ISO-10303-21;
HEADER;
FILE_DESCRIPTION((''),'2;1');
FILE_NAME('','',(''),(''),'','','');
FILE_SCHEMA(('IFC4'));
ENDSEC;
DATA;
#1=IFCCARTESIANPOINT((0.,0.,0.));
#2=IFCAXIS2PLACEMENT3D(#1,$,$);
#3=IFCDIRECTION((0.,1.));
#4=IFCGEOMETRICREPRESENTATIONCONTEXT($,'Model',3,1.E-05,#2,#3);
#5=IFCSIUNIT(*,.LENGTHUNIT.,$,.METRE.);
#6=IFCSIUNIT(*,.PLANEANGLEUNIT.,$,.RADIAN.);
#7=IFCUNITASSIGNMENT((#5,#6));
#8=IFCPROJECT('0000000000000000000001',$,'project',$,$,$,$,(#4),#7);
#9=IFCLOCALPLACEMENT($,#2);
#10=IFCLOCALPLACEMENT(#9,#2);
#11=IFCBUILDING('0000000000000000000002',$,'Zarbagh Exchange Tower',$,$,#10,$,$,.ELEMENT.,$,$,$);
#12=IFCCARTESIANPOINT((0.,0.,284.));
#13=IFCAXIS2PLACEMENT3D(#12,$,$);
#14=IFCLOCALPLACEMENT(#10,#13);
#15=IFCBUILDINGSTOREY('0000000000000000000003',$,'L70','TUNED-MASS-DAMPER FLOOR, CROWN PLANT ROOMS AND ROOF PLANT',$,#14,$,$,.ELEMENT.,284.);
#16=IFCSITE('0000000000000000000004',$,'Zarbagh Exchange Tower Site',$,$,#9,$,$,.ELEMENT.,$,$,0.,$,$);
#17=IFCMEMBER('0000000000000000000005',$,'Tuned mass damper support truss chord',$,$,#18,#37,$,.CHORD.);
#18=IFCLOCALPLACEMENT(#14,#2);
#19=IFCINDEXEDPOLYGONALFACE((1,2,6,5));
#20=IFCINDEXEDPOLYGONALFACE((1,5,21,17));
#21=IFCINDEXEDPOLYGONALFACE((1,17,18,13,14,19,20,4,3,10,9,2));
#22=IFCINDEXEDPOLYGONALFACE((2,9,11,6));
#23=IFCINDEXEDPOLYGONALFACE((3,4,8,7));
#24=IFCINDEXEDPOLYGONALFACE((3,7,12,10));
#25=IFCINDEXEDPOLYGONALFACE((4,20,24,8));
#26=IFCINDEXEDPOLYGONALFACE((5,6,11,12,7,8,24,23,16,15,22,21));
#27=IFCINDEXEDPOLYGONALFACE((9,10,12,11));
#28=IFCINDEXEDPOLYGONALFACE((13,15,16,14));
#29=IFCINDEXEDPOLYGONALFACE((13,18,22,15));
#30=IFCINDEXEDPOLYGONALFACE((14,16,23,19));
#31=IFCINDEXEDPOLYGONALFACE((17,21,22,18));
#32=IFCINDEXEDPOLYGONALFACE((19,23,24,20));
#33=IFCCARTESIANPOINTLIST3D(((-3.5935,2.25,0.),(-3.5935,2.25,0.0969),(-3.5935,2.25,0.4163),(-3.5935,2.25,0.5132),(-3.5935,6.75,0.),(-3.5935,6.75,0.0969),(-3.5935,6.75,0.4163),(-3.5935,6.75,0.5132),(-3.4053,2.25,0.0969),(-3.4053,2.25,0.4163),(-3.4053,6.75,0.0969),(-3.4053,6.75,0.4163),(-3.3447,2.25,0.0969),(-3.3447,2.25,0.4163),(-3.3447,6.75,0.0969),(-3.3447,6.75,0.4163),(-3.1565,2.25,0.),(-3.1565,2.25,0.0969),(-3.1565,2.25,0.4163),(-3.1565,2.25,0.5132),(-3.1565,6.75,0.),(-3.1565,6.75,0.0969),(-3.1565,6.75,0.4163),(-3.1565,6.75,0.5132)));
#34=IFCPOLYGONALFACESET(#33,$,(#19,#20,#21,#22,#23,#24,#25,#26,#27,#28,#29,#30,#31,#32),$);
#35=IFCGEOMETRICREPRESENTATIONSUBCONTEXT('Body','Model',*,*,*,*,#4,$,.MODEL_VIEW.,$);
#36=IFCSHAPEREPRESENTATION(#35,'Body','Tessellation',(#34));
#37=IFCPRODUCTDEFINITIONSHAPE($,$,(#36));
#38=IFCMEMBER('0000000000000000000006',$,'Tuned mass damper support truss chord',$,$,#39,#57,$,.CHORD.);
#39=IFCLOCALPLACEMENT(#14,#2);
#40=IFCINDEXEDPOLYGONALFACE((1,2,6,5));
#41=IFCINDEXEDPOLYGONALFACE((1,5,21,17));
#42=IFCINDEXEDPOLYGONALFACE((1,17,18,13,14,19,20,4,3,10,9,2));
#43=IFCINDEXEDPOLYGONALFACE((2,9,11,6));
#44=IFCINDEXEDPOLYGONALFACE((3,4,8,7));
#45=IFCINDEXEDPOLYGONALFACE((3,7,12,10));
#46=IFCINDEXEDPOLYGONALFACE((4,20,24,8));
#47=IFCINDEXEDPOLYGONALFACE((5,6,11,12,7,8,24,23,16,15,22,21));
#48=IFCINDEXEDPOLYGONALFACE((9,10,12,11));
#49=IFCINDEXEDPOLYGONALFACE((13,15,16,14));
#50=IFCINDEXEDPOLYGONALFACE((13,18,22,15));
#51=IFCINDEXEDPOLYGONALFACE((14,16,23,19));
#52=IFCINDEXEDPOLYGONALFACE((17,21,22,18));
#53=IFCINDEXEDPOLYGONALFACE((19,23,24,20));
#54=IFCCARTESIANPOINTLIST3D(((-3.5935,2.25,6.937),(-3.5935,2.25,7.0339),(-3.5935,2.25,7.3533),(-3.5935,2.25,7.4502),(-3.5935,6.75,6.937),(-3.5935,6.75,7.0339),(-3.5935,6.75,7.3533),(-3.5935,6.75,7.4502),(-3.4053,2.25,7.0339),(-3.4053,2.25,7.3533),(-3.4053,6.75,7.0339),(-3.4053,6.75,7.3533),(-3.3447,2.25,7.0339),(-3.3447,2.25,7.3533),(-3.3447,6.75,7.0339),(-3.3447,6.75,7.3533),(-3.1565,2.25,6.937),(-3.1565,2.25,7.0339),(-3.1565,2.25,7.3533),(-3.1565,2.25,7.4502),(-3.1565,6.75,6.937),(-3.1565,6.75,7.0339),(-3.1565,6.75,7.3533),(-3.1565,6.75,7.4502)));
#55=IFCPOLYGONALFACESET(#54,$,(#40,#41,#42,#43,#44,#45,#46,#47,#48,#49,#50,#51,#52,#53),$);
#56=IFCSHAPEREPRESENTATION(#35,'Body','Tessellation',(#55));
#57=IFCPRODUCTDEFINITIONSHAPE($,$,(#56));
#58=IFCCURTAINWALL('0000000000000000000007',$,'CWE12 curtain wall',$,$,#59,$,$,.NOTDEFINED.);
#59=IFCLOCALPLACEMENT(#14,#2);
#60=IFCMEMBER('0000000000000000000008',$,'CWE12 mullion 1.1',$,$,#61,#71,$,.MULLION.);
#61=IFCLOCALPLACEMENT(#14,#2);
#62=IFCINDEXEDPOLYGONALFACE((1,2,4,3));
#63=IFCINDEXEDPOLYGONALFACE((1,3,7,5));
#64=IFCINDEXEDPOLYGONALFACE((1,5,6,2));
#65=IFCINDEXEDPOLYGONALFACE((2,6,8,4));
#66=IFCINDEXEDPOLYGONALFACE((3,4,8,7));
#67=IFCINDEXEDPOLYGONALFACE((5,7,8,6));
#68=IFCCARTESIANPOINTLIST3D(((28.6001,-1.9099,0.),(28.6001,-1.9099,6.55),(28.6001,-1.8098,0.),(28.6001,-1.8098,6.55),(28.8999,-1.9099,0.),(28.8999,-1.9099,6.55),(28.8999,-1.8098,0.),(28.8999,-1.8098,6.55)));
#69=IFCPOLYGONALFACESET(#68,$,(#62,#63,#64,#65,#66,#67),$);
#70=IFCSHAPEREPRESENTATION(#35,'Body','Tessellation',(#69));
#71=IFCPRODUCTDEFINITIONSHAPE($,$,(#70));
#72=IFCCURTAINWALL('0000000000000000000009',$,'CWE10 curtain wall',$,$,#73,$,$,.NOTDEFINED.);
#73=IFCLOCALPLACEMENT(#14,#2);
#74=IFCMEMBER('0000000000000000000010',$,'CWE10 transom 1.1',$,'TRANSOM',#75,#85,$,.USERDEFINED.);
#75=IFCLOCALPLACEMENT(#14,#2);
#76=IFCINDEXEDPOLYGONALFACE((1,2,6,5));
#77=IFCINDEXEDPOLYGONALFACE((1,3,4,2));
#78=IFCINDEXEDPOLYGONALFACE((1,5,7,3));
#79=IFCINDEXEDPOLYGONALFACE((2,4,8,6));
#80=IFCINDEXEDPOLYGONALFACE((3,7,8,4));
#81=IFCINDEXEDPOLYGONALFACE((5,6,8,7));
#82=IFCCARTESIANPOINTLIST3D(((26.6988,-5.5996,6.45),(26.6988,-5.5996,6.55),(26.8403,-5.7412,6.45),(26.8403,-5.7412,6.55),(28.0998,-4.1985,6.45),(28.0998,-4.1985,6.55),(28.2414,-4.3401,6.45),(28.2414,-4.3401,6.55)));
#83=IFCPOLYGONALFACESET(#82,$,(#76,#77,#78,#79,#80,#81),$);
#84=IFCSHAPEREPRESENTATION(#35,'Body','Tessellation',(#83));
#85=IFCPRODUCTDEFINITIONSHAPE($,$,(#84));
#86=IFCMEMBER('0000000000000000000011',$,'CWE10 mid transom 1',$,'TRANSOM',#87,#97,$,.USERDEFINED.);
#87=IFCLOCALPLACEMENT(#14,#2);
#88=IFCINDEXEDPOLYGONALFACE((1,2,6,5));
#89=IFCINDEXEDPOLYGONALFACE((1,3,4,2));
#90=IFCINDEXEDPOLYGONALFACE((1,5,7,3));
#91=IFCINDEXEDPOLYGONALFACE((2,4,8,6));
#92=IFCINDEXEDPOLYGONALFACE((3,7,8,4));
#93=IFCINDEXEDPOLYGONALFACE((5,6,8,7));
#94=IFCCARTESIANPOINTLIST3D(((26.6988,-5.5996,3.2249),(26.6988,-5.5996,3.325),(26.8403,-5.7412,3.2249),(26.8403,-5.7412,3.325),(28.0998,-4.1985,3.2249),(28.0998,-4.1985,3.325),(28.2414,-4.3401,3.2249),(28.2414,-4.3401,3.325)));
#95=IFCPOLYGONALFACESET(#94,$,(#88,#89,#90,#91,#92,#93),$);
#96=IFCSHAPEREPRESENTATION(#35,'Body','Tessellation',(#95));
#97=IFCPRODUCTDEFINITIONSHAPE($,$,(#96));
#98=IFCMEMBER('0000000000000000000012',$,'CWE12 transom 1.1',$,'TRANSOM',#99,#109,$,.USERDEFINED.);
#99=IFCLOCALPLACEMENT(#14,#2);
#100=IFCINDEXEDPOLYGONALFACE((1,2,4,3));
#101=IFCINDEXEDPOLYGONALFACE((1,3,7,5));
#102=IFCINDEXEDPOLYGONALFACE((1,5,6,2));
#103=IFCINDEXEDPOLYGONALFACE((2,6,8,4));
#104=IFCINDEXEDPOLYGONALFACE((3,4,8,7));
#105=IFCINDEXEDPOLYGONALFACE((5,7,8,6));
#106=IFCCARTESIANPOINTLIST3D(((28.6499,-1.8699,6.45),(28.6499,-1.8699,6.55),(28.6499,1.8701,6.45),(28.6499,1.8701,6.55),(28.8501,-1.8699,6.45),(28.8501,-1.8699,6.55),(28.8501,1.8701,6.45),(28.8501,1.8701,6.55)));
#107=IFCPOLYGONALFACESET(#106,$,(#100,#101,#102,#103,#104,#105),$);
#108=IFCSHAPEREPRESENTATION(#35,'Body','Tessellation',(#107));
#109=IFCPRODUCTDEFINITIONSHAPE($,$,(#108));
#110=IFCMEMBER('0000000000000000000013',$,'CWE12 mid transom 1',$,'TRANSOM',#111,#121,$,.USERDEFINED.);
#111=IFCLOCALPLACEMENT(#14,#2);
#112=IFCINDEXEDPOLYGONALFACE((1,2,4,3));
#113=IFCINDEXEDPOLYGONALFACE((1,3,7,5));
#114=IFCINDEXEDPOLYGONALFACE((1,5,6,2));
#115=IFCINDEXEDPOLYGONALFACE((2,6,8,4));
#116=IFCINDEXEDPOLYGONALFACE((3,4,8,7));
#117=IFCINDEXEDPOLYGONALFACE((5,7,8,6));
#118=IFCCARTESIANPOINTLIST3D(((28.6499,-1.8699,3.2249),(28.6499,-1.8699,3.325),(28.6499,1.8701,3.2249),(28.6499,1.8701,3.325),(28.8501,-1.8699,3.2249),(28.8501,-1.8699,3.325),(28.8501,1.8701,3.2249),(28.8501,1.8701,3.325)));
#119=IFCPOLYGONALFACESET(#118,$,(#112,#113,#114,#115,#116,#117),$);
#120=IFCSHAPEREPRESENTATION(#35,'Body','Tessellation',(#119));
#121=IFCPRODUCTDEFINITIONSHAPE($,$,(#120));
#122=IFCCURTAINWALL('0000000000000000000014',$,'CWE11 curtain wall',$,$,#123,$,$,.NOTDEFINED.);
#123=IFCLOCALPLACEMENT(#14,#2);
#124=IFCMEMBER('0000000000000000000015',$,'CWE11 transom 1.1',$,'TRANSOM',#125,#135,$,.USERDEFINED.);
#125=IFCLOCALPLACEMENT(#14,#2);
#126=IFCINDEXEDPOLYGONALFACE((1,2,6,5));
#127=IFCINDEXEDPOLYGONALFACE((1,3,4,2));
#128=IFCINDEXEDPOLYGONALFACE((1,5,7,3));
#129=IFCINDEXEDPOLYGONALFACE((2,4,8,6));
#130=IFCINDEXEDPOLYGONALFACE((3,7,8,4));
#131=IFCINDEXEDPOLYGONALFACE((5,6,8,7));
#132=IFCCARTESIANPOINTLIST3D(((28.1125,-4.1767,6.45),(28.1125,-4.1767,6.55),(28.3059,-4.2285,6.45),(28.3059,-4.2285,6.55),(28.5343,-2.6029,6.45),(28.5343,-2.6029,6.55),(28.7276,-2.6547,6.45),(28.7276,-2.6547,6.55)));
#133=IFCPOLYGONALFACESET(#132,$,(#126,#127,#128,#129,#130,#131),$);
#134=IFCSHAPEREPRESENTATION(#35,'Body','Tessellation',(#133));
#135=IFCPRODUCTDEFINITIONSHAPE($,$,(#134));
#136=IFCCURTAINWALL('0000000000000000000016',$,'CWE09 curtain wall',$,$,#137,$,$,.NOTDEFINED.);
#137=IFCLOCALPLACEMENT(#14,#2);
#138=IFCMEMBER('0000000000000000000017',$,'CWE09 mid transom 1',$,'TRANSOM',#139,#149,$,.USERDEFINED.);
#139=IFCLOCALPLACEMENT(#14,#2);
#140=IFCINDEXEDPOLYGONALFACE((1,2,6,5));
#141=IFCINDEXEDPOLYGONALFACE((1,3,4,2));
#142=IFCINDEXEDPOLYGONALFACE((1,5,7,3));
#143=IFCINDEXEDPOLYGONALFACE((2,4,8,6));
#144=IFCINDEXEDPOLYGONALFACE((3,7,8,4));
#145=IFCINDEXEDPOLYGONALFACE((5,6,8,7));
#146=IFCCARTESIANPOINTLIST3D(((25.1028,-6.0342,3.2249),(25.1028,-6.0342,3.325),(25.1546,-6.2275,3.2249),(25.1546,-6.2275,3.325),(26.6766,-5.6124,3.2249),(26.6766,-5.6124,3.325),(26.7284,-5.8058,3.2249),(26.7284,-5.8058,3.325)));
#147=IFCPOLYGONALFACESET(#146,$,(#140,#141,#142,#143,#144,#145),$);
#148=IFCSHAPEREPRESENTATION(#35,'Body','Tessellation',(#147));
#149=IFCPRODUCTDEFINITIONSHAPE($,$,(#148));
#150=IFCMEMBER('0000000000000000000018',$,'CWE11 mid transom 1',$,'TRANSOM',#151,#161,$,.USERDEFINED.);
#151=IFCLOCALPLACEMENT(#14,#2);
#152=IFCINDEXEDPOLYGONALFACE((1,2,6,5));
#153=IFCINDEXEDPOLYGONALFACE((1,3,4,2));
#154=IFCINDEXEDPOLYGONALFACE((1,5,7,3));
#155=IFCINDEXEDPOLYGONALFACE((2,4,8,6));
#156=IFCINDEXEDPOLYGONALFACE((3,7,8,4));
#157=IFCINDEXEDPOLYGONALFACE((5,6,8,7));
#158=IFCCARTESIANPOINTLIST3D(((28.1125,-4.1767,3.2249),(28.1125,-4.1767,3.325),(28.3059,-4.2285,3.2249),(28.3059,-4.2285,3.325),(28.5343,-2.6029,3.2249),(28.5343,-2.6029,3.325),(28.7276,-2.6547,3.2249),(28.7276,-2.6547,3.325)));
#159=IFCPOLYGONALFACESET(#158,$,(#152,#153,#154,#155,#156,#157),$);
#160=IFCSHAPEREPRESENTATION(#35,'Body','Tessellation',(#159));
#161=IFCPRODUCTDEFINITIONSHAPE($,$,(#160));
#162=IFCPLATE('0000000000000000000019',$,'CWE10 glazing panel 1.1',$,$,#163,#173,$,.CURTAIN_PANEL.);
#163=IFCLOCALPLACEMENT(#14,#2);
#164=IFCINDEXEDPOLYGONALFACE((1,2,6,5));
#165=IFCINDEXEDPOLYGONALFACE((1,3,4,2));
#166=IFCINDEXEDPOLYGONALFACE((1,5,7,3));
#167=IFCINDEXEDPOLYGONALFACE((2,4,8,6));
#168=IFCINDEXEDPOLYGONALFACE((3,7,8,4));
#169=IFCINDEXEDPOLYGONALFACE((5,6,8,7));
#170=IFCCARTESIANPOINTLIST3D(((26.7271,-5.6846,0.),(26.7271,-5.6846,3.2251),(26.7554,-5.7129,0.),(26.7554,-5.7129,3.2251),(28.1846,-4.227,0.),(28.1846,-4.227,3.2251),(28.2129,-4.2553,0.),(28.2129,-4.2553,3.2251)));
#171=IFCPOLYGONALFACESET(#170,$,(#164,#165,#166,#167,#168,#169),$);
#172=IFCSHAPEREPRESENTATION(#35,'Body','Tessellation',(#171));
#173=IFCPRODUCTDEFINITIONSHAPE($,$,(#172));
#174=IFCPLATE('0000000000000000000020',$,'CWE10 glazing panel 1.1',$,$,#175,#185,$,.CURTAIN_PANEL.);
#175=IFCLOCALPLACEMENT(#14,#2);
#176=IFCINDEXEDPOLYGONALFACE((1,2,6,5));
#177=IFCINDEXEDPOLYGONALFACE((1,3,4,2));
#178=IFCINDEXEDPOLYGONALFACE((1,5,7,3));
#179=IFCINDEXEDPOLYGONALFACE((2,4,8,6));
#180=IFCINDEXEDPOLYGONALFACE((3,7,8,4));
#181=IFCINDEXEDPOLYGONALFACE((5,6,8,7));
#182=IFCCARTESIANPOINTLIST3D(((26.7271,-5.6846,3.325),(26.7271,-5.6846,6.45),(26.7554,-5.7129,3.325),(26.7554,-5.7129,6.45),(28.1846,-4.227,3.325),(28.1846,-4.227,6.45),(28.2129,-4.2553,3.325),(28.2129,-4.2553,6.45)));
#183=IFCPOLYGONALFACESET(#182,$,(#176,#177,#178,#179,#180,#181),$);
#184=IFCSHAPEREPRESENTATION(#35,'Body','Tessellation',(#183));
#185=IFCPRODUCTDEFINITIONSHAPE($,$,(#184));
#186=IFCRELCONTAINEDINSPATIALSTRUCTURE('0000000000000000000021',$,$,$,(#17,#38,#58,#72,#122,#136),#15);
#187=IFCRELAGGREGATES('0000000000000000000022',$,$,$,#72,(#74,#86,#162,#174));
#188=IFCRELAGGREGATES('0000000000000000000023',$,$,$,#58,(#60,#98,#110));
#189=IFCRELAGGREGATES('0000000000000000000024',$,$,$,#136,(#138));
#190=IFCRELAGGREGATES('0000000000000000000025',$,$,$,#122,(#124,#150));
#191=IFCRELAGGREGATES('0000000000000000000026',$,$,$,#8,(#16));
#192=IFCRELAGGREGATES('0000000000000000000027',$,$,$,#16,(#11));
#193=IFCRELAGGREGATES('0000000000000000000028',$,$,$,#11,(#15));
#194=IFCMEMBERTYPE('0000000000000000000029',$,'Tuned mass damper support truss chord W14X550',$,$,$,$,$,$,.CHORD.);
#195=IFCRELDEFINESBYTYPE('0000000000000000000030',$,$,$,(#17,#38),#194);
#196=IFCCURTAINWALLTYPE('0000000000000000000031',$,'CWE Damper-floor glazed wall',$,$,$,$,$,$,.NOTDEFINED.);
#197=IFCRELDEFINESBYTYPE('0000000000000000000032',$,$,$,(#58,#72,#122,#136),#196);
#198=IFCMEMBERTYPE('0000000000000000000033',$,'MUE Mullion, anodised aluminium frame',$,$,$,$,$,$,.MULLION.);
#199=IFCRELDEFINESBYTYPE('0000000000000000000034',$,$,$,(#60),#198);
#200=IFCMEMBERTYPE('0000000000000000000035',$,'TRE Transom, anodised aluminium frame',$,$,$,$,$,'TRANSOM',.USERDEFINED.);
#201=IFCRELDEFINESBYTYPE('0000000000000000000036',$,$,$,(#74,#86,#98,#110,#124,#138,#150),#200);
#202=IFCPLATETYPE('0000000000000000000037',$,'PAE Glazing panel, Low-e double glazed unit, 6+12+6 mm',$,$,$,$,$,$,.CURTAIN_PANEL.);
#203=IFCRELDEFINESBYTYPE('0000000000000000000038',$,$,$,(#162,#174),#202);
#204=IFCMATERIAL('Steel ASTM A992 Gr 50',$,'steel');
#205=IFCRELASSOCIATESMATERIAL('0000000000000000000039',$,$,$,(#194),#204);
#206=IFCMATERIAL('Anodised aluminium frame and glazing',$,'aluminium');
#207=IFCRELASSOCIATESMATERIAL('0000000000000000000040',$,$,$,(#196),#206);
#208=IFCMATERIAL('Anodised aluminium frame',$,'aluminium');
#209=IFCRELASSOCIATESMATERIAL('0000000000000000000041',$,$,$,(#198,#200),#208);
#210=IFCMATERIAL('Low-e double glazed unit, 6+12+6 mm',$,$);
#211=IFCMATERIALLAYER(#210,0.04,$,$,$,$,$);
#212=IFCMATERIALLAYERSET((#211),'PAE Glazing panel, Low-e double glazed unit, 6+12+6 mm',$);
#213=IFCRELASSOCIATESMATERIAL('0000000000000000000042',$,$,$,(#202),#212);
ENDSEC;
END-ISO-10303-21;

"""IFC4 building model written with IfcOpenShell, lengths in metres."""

from ifc_helpers import new_model, si_unit, direction, frame, origin, origin_2d, place, context, subcontext, project, spatial, polyline, i_section, outline, extrude, source, transform, mapped, material, layer, layer_set, material_profile, profile_set, type_object, element, aggregate, save


model = new_model("IFC4")

# Units and contexts
model_context = context("Model", 3, precision=1e-05, world=origin(), true_north=direction((0.0, 1.0)))
body_context = subcontext(model_context, "Body", "Model", "MODEL_VIEW")
ifc_project = project(units=[si_unit("LENGTHUNIT", "METRE"), si_unit("PLANEANGLEUNIT", "RADIAN")], contexts=[model_context])

# Site, building, storey
site_placement = place(None, origin())
site = spatial("IfcSite", under=ifc_project, at=site_placement, Name="Zarbagh Exchange Tower Site", CompositionType="ELEMENT", RefElevation=0.0)
building_placement = place(site_placement, origin())
building = spatial("IfcBuilding", under=site, at=building_placement, Name="Zarbagh Exchange Tower", CompositionType="ELEMENT")
storey_placement = place(building_placement, frame((0.0, 0.0, 284.0)))
storey = spatial("IfcBuildingStorey", under=building, at=storey_placement, Name="L70", Description="TUNED-MASS-DAMPER FLOOR, CROWN PLANT ROOMS AND ROOF PLANT", CompositionType="ELEMENT", Elevation=284.0)

# Members
ifc_material_1 = material(Name="Steel ASTM A992 Gr 50", Category="steel")
ifc_material_profile = material_profile(ifc_material_1, i_section(OverallWidth=0.437, OverallDepth=0.5132, WebThickness=0.0605, FlangeThickness=0.0969, at=origin_2d()), Name="W14X550")
ifc_profile_set = profile_set([ifc_material_profile], Name="Steel ASTM A992 Gr 50")
member_type_1 = type_object("IfcMemberType", Name="Tuned mass damper support truss chord W14X550", PredefinedType="CHORD", material=ifc_profile_set)
for number, where, z_axis, x_axis, name in (
    (1, (-3.375, 2.25, 0.2566), (0.0, 1.0, 0.0), (-1.0, 0.0, 0.0), "Tuned mass damper support truss chord"),
    (2, (-3.375, 2.25, 7.1936), (0.0, 1.0, 0.0), (-1.0, 0.0, 0.0), "Tuned mass damper support truss chord"),
):
    element("IfcMember", number, at=place(storey_placement, frame(where, z_axis=z_axis, x_axis=x_axis)), inside=storey, type_object=member_type_1, Name=name, PredefinedType="CHORD", context=body_context, shape_type="SweptSolid", body=[
        extrude(i_section(OverallWidth=0.437, OverallDepth=0.5132, WebThickness=0.0605, FlangeThickness=0.0969, at=origin_2d()), origin(), (0.0, 0.0, 1.0), 4.5),
    ])

# Curtain wall, member
ifc_material_2 = material(Name="Anodised aluminium frame and glazing", Category="aluminium")
curtain_wall_type = type_object("IfcCurtainWallType", Name="CWE Damper-floor glazed wall", PredefinedType="NOTDEFINED", material=ifc_material_2)
curtain_wall_1_placement = place(storey_placement, origin())
curtain_wall_1 = element("IfcCurtainWall", 3, at=curtain_wall_1_placement, inside=storey, type_object=curtain_wall_type, Name="CWE12 curtain wall", PredefinedType="NOTDEFINED")
ifc_material_3 = material(Name="Anodised aluminium frame", Category="aluminium")
member_type_2 = type_object("IfcMemberType", Name="MUE Mullion, anodised aluminium frame", PredefinedType="MULLION", material=ifc_material_3)
shared_shape_1 = source(origin(), body_context, "Body", "SweptSolid", [
    extrude(outline(polyline([(0.0, -0.1499), (0.1001, -0.1499), (0.1001, 0.1499), (0.0, 0.1499), (0.0, -0.1499)])), origin(), (0.0, 0.0, 1.0), 6.55),
])
placement = place(storey_placement, origin())
member_1 = element("IfcMember", 4, at=placement, type_object=member_type_2, Name="CWE12 mullion 1.1", PredefinedType="MULLION", context=body_context, shape_type="MappedRepresentation", body=[
    mapped(shared_shape_1, transform((28.75, -1.9099, 0.0), x_axis=(0.0, 1.0, 0.0), y_axis=(-1.0, 0.0, 0.0), z_axis=(0.0, 0.0, 1.0))),
])

# Curtain wall, members
curtain_wall_2_placement = place(storey_placement, origin())
curtain_wall_2 = element("IfcCurtainWall", 5, at=curtain_wall_2_placement, inside=storey, type_object=curtain_wall_type, Name="CWE10 curtain wall", PredefinedType="NOTDEFINED")
member_type_3 = type_object("IfcMemberType", Name="TRE Transom, anodised aluminium frame", ElementType="TRANSOM", PredefinedType="USERDEFINED", material=ifc_material_3)
shared_shape_2 = source(origin(), body_context, "Body", "SweptSolid", [
    extrude(outline(polyline([(-0.1001, -0.1001), (0.0, -0.1001), (0.0, 0.1001), (-0.1001, 0.1001), (-0.1001, -0.1001)])), origin(), (0.0, 0.0, 1.0), 1.9814),
])
member_2 = element("IfcMember", 6, at=placement, type_object=member_type_3, Name="CWE10 transom 1.1", ObjectType="TRANSOM", PredefinedType="USERDEFINED", context=body_context, shape_type="MappedRepresentation", body=[
    mapped(shared_shape_2, transform((26.7695, -5.6704, 6.55), x_axis=(0.0, 0.0, 1.0), y_axis=(0.707107, -0.707107, 0.0), z_axis=(0.707107, 0.707107, 0.0))),
])
shared_shape_3 = source(origin(), body_context, "Body", "SweptSolid", [
    extrude(outline(polyline([(-0.05, -0.1001), (0.05, -0.1001), (0.05, 0.1001), (-0.05, 0.1001), (-0.05, -0.1001)])), origin(), (0.0, 0.0, 1.0), 1.9814),
])
member_3 = element("IfcMember", 7, at=placement, type_object=member_type_3, Name="CWE10 mid transom 1", ObjectType="TRANSOM", PredefinedType="USERDEFINED", context=body_context, shape_type="MappedRepresentation", body=[
    mapped(shared_shape_3, transform((26.7695, -5.6704, 3.2749), x_axis=(0.0, 0.0, 1.0), y_axis=(0.707107, -0.707107, 0.0), z_axis=(0.707107, 0.707107, 0.0))),
])

# Members
shared_shape_4 = source(origin(), body_context, "Body", "SweptSolid", [
    extrude(outline(polyline([(-0.1001, -0.1001), (0.0, -0.1001), (0.0, 0.1001), (-0.1001, 0.1001), (-0.1001, -0.1001)])), origin(), (0.0, 0.0, 1.0), 3.74),
])
member_4 = element("IfcMember", 8, at=placement, type_object=member_type_3, Name="CWE12 transom 1.1", ObjectType="TRANSOM", PredefinedType="USERDEFINED", context=body_context, shape_type="MappedRepresentation", body=[
    mapped(shared_shape_4, transform((28.75, -1.8699, 6.55), x_axis=(0.0, 0.0, 1.0), y_axis=(1.0, 0.0, 0.0), z_axis=(0.0, 1.0, 0.0))),
])
shared_shape_5 = source(origin(), body_context, "Body", "SweptSolid", [
    extrude(outline(polyline([(-0.05, -0.1001), (0.05, -0.1001), (0.05, 0.1001), (-0.05, 0.1001), (-0.05, -0.1001)])), origin(), (0.0, 0.0, 1.0), 3.74),
])
member_5 = element("IfcMember", 9, at=placement, type_object=member_type_3, Name="CWE12 mid transom 1", ObjectType="TRANSOM", PredefinedType="USERDEFINED", context=body_context, shape_type="MappedRepresentation", body=[
    mapped(shared_shape_5, transform((28.75, -1.8699, 3.2749), x_axis=(0.0, 0.0, 1.0), y_axis=(1.0, 0.0, 0.0), z_axis=(0.0, 1.0, 0.0))),
])

# Curtain walls, members
curtain_wall_3_placement = place(storey_placement, origin())
curtain_wall_3 = element("IfcCurtainWall", 10, at=curtain_wall_3_placement, inside=storey, type_object=curtain_wall_type, Name="CWE11 curtain wall", PredefinedType="NOTDEFINED")
shared_shape_6 = source(origin(), body_context, "Body", "SweptSolid", [
    extrude(outline(polyline([(-0.1001, -0.1001), (0.0, -0.1001), (0.0, 0.1001), (-0.1001, 0.1001), (-0.1001, -0.1001)])), origin(), (0.0, 0.0, 1.0), 1.6294),
])
member_6 = element("IfcMember", 11, at=placement, type_object=member_type_3, Name="CWE11 transom 1.1", ObjectType="TRANSOM", PredefinedType="USERDEFINED", context=body_context, shape_type="MappedRepresentation", body=[
    mapped(shared_shape_6, transform((28.2092, -4.2026, 6.55), x_axis=(0.0, 0.0, 1.0), y_axis=(0.965924, -0.258825, 0.0), z_axis=(0.258825, 0.965924, 0.0))),
])
curtain_wall_4_placement = place(storey_placement, origin())
curtain_wall_4 = element("IfcCurtainWall", 12, at=curtain_wall_4_placement, inside=storey, type_object=curtain_wall_type, Name="CWE09 curtain wall", PredefinedType="NOTDEFINED")
shared_shape_7 = source(origin(), body_context, "Body", "SweptSolid", [
    extrude(outline(polyline([(-0.05, -0.1001), (0.05, -0.1001), (0.05, 0.1001), (-0.05, 0.1001), (-0.05, -0.1001)])), origin(), (0.0, 0.0, 1.0), 1.6294),
])
member_7 = element("IfcMember", 13, at=placement, type_object=member_type_3, Name="CWE09 mid transom 1", ObjectType="TRANSOM", PredefinedType="USERDEFINED", context=body_context, shape_type="MappedRepresentation", body=[
    mapped(shared_shape_7, transform((25.1287, -6.1309, 3.2749), x_axis=(0.0, 0.0, 1.0), y_axis=(0.258825, -0.965924, 0.0), z_axis=(0.965924, 0.258825, 0.0))),
])

# Member
member_8 = element("IfcMember", 14, at=placement, type_object=member_type_3, Name="CWE11 mid transom 1", ObjectType="TRANSOM", PredefinedType="USERDEFINED", context=body_context, shape_type="MappedRepresentation", body=[
    mapped(shared_shape_7, transform((28.2092, -4.2026, 3.2749), x_axis=(0.0, 0.0, 1.0), y_axis=(0.965924, -0.258825, 0.0), z_axis=(0.258825, 0.965924, 0.0))),
])

# Plates
ifc_material_4 = material(Name="Low-e double glazed unit, 6+12+6 mm")
ifc_layer = layer(ifc_material_4, 0.04)
ifc_layer_set = layer_set([ifc_layer], Name="PAE Glazing panel, Low-e double glazed unit, 6+12+6 mm")
plate_type = type_object("IfcPlateType", Name="PAE Glazing panel, Low-e double glazed unit, 6+12+6 mm", PredefinedType="CURTAIN_PANEL", material=ifc_layer_set)
shared_shape_8 = source(origin(), body_context, "Body", "SweptSolid", [
    extrude(outline(polyline([(0.0, -0.02), (2.0613, -0.02), (2.0613, 0.02), (0.0, 0.02), (0.0, -0.02)])), origin(), (0.0, 0.0, 1.0), 3.2251),
])
plate_1 = element("IfcPlate", 15, at=placement, type_object=plate_type, Name="CWE10 glazing panel 1.1", PredefinedType="CURTAIN_PANEL", context=body_context, shape_type="MappedRepresentation", body=[
    mapped(shared_shape_8, transform((26.7412, -5.6987, 0.0), x_axis=(0.707107, 0.707107, 0.0), y_axis=(-0.707107, 0.707107, 0.0), z_axis=(0.0, 0.0, 1.0))),
])
shared_shape_9 = source(origin(), body_context, "Body", "SweptSolid", [
    extrude(outline(polyline([(0.0, -0.02), (2.0613, -0.02), (2.0613, 0.02), (0.0, 0.02), (0.0, -0.02)])), origin(), (0.0, 0.0, 1.0), 3.125),
])
plate_2 = element("IfcPlate", 16, at=placement, type_object=plate_type, Name="CWE10 glazing panel 1.1", PredefinedType="CURTAIN_PANEL", context=body_context, shape_type="MappedRepresentation", body=[
    mapped(shared_shape_9, transform((26.7412, -5.6987, 3.325), x_axis=(0.707107, 0.707107, 0.0), y_axis=(-0.707107, 0.707107, 0.0), z_axis=(0.0, 0.0, 1.0))),
])
aggregate(curtain_wall_2, [member_2, member_3, plate_1, plate_2])
aggregate(curtain_wall_1, [member_1, member_4, member_5])
aggregate(curtain_wall_4, [member_7])
aggregate(curtain_wall_3, [member_6, member_8])

save(model, "model.ifc")
